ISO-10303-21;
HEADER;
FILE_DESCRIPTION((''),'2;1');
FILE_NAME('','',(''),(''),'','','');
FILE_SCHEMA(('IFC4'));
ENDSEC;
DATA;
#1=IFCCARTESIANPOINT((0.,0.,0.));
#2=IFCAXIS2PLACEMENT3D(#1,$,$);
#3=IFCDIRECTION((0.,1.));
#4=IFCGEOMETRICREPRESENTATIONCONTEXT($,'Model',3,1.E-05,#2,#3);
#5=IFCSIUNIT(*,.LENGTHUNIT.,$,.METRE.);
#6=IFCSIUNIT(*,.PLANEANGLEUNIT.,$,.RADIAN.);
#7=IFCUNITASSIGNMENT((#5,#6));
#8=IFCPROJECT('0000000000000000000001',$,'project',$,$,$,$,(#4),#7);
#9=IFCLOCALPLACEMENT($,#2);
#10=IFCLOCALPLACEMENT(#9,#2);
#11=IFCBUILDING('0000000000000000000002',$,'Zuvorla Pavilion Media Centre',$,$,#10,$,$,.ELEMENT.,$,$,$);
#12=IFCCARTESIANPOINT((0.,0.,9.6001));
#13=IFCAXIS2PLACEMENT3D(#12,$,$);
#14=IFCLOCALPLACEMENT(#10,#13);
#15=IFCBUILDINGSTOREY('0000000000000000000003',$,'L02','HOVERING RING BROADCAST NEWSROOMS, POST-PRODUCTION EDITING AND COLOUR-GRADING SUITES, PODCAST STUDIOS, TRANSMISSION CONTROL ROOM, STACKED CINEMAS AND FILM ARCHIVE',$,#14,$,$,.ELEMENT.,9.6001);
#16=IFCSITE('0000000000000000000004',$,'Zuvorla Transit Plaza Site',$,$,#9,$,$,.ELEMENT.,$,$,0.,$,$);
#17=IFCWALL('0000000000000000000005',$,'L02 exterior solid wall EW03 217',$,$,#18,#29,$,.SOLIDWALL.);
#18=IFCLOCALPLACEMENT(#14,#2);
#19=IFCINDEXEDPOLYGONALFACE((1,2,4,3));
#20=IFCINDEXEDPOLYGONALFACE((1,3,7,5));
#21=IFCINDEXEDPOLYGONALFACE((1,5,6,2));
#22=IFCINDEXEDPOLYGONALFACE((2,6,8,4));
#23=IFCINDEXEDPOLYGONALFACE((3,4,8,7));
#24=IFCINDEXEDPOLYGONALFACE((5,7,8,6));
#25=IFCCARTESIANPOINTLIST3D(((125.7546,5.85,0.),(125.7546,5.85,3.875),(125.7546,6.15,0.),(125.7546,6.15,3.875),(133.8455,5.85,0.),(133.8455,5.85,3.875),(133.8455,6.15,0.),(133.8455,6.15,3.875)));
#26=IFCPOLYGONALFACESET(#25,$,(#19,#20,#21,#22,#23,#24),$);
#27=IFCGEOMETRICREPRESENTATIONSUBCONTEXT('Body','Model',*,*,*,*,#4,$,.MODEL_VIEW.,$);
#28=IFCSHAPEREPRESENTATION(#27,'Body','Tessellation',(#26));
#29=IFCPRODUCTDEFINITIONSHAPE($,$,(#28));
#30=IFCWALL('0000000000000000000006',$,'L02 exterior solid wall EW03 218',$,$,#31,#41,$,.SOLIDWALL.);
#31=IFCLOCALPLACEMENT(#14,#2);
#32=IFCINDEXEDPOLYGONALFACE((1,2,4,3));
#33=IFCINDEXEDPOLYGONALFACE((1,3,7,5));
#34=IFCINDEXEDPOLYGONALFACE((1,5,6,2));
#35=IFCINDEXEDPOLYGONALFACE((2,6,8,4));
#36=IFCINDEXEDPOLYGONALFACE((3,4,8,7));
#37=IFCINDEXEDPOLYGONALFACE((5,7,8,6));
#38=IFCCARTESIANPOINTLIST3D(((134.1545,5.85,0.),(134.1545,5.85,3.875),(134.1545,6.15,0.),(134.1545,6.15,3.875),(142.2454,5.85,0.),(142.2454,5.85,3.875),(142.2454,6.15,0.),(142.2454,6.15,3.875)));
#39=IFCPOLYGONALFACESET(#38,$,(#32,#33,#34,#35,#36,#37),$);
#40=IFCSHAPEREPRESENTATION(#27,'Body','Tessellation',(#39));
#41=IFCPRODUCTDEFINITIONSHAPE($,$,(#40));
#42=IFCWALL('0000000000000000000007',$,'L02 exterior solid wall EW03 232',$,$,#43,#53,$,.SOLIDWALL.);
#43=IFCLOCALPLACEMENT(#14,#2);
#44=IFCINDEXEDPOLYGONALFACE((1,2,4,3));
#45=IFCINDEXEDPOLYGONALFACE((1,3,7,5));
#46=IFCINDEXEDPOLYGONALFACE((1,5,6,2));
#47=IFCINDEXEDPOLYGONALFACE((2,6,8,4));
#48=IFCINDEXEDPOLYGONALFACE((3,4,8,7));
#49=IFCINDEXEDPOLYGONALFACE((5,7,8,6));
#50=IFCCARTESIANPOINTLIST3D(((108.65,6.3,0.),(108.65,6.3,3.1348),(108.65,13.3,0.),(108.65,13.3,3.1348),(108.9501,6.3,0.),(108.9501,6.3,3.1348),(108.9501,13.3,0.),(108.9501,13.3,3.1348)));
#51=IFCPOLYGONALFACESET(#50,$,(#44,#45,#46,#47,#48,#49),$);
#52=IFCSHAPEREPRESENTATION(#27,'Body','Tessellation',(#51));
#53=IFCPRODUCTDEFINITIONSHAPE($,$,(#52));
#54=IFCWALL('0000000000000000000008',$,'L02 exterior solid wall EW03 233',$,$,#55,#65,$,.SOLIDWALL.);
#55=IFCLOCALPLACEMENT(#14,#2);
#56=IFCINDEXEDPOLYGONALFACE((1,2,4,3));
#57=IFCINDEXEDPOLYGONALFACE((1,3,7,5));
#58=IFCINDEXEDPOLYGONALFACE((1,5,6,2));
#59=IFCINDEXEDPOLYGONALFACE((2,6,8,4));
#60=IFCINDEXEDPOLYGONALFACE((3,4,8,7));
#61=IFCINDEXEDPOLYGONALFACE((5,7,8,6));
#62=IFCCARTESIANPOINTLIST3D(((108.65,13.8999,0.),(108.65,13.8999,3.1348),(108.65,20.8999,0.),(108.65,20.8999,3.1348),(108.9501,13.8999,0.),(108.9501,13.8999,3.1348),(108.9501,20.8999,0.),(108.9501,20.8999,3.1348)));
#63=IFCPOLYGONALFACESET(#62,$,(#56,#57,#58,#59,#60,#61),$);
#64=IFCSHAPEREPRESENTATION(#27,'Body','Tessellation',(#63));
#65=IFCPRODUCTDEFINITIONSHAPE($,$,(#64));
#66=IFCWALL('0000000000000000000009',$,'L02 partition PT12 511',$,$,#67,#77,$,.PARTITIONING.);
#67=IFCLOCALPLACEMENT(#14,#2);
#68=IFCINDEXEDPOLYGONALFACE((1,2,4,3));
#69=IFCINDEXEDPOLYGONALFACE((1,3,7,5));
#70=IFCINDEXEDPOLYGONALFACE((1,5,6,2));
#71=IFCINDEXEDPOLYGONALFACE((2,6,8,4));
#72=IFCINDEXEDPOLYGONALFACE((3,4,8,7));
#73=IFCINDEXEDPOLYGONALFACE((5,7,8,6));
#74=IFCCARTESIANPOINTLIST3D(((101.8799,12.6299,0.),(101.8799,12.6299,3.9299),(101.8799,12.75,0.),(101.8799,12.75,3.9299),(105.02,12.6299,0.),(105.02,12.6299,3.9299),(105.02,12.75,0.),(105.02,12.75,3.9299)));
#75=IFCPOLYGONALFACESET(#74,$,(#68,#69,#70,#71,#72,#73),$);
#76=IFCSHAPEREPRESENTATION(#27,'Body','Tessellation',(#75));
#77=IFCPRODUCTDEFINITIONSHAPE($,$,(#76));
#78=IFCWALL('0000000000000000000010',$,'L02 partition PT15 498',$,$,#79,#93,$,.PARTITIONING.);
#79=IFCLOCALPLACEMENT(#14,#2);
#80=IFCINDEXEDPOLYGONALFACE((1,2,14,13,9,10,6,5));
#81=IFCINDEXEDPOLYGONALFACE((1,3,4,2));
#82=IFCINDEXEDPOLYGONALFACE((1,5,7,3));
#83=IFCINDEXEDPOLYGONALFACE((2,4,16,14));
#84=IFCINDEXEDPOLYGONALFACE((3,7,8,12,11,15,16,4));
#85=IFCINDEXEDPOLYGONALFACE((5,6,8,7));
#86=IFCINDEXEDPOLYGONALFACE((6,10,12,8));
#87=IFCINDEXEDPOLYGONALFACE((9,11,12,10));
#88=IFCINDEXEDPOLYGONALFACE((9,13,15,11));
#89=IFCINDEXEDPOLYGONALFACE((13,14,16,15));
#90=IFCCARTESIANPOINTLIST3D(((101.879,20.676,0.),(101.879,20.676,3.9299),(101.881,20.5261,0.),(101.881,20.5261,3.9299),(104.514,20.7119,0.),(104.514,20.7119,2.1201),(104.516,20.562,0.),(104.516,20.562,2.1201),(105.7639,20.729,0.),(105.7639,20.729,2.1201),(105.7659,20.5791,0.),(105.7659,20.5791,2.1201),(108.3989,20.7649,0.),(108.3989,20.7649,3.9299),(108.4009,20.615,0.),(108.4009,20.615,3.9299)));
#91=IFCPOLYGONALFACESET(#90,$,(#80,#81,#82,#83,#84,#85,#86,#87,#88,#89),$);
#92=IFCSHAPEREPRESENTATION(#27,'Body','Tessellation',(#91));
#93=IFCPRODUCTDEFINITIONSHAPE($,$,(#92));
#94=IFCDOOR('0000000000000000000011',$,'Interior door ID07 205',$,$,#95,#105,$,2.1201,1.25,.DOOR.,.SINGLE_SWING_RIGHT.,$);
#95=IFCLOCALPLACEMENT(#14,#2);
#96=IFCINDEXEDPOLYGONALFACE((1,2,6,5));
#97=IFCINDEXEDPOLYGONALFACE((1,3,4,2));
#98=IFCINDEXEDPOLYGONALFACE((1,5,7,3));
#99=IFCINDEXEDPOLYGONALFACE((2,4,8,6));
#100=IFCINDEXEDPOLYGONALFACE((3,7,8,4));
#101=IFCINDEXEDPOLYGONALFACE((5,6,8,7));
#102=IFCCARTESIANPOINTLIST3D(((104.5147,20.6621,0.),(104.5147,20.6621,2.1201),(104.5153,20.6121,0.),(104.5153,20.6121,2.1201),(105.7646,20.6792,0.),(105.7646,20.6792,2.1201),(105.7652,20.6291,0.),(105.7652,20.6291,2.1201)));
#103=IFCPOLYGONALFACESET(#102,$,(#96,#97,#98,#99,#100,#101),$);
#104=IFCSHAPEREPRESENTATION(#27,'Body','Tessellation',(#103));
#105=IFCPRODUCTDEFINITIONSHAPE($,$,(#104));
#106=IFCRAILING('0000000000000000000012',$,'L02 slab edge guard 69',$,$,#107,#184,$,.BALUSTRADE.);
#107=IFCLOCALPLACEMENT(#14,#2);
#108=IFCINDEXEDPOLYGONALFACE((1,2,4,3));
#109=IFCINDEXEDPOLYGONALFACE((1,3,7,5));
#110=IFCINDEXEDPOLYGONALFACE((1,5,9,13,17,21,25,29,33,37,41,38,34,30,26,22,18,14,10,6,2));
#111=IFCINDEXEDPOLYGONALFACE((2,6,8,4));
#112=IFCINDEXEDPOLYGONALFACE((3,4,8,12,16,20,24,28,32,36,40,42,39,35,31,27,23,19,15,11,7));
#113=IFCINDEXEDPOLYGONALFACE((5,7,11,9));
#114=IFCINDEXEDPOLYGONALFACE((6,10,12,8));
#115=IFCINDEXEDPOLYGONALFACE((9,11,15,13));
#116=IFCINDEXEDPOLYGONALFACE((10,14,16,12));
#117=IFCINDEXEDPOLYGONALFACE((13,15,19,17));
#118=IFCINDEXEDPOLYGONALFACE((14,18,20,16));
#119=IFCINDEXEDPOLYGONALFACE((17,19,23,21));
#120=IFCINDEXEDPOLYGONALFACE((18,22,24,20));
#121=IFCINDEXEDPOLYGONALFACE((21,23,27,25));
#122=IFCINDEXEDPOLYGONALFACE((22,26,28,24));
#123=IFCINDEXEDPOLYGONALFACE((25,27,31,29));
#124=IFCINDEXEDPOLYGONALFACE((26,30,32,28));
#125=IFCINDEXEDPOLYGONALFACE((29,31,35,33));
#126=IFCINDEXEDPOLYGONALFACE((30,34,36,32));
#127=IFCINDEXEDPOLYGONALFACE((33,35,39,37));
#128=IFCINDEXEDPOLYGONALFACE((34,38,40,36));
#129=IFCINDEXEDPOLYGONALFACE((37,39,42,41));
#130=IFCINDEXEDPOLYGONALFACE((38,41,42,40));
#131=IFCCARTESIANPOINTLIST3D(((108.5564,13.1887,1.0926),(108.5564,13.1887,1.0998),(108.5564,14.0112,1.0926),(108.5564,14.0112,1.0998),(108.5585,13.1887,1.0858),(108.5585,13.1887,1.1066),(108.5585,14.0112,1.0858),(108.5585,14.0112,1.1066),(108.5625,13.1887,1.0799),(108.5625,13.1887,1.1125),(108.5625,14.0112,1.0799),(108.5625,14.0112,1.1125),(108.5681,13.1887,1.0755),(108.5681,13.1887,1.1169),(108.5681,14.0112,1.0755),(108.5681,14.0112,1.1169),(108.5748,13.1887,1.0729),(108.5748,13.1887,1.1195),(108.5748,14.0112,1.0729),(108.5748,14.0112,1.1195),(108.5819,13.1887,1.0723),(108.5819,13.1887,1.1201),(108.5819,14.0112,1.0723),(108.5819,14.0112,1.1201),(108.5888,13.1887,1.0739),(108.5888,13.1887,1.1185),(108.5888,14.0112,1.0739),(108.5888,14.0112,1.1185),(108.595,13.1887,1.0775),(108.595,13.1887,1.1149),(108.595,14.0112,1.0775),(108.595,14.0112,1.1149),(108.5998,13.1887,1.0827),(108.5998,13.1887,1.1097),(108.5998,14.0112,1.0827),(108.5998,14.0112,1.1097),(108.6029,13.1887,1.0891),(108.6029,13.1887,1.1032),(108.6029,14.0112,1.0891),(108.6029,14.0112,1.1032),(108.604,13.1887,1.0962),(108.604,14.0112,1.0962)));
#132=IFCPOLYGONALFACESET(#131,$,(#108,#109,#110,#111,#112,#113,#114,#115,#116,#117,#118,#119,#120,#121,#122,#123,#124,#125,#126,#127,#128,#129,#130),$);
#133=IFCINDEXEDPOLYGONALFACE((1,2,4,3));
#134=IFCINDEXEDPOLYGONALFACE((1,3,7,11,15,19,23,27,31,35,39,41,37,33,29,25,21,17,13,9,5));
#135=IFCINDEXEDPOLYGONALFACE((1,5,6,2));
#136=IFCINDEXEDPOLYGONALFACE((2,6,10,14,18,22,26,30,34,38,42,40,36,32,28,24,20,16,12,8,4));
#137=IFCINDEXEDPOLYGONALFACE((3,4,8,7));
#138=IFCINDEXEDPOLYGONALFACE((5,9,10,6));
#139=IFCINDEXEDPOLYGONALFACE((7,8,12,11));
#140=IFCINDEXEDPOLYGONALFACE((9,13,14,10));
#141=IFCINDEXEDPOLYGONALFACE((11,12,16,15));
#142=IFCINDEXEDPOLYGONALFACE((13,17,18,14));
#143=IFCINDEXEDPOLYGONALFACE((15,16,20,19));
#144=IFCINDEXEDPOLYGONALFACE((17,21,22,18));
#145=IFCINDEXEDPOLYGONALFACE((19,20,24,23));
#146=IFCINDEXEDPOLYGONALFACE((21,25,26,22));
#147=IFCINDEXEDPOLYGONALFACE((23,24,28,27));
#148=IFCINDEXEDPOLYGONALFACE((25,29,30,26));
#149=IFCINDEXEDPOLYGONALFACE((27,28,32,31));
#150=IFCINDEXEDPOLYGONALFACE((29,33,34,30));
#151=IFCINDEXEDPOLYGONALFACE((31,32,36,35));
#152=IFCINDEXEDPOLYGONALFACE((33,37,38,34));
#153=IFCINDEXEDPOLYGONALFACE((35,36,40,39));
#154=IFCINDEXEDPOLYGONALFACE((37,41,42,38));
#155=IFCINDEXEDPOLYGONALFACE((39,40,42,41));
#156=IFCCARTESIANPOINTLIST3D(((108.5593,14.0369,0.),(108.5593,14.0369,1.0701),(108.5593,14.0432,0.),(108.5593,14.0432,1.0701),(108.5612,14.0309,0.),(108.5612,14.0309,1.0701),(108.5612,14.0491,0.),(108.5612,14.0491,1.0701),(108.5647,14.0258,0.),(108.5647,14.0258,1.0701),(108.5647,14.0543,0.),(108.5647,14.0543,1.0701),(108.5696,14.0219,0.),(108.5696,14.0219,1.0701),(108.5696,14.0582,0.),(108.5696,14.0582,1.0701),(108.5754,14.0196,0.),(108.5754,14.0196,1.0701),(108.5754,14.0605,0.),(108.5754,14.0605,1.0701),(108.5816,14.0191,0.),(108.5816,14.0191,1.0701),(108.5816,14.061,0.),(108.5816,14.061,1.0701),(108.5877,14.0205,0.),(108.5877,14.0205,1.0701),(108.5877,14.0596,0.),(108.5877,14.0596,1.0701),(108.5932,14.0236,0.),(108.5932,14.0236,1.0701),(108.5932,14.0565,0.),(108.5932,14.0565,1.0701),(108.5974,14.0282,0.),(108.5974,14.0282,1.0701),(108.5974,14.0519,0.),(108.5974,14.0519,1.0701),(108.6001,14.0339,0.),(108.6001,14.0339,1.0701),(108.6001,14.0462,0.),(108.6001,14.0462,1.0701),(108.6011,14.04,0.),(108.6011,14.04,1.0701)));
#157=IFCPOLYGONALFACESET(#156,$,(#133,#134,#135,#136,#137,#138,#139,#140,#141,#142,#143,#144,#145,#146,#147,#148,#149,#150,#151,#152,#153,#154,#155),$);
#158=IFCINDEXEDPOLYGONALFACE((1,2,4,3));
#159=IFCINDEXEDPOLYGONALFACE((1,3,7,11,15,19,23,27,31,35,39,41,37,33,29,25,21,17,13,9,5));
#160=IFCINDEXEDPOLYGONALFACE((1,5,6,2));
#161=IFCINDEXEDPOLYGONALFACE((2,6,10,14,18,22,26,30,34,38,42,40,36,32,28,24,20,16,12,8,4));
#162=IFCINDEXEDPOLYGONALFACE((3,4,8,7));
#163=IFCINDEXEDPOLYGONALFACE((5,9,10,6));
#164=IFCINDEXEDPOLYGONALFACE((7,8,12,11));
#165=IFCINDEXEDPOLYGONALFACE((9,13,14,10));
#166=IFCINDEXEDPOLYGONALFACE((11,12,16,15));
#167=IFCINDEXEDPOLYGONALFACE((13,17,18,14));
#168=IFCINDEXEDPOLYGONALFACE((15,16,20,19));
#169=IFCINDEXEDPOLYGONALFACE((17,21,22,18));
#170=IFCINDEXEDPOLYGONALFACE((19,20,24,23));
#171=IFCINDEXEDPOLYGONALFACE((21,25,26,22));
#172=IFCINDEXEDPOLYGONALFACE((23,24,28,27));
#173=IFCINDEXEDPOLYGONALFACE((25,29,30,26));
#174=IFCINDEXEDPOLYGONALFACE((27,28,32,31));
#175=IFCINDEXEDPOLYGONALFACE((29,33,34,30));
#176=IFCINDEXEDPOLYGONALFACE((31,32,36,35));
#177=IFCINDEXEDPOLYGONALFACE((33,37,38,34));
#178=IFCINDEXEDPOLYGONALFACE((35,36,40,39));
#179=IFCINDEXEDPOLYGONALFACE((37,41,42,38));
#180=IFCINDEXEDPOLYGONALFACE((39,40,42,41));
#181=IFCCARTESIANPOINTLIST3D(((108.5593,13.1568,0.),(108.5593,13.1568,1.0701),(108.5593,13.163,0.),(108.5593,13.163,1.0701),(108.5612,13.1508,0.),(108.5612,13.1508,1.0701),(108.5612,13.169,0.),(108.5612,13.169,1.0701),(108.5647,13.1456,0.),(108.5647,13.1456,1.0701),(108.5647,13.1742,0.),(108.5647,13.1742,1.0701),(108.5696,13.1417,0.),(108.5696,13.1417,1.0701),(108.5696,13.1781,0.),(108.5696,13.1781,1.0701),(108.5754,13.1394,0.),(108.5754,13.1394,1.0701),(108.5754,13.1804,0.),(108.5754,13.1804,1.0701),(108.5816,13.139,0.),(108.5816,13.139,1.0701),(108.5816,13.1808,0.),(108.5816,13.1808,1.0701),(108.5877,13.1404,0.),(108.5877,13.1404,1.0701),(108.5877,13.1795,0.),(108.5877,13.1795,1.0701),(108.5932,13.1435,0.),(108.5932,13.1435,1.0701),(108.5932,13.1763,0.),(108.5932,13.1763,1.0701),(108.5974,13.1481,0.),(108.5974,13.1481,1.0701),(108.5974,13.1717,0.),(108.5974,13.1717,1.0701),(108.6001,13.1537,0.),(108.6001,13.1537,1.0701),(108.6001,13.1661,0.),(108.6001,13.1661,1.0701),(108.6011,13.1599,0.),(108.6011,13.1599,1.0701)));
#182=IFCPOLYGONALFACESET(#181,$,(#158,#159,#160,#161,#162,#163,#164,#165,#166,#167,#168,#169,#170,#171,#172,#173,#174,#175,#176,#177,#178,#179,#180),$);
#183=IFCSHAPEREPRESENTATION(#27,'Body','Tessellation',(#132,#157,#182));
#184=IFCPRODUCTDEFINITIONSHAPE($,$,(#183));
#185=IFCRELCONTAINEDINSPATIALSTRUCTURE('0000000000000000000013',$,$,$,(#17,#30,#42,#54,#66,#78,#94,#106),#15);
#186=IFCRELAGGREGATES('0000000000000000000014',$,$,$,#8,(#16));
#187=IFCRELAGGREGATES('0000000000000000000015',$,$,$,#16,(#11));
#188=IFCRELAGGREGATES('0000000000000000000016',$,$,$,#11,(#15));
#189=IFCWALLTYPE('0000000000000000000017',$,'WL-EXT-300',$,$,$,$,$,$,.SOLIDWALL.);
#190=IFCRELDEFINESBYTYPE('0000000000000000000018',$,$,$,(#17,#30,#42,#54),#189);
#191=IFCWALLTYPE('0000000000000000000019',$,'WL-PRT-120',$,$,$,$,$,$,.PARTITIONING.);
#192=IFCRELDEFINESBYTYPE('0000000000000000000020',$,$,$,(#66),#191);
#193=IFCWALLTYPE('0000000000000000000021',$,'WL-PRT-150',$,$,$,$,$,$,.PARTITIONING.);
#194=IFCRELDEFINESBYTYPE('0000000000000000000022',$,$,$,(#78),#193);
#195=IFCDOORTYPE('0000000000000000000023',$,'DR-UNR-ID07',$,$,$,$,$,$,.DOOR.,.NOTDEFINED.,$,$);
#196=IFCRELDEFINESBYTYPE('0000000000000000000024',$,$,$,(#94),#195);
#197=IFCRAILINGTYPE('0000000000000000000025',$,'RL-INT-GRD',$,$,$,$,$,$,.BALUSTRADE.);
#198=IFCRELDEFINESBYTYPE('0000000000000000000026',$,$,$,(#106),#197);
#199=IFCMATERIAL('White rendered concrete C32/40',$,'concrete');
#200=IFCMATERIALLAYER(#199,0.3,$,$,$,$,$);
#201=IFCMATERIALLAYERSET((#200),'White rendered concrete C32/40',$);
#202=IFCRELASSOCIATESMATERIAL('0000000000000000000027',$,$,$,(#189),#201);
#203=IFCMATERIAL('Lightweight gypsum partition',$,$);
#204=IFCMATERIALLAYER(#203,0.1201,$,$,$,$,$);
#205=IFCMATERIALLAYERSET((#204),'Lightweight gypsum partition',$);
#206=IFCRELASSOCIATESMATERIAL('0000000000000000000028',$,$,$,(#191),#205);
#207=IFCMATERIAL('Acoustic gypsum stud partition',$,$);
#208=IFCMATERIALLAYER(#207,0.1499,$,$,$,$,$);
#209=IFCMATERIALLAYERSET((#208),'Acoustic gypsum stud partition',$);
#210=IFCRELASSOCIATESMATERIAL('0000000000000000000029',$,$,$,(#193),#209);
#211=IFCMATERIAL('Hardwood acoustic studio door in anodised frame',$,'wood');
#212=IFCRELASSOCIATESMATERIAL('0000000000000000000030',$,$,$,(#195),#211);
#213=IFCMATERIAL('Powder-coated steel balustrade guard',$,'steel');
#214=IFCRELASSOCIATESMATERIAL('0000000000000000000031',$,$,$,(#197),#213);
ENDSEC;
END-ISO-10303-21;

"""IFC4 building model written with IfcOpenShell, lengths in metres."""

from ifc_helpers import new_model, si_unit, direction, frame, frame_2d, origin, origin_2d, place, context, subcontext, project, spatial, rectangle, circle, extrude, material, layer, layer_set, type_object, element, fill, save


model = new_model("IFC4")

# Units and contexts
model_context = context("Model", 3, precision=1e-05, world=origin(), true_north=direction((0.0, 1.0)))
body_context = subcontext(model_context, "Body", "Model", "MODEL_VIEW")
ifc_project = project(units=[si_unit("LENGTHUNIT", "METRE"), si_unit("PLANEANGLEUNIT", "RADIAN")], contexts=[model_context])

# Site, building, storey
site_placement = place(None, origin())
site = spatial("IfcSite", under=ifc_project, at=site_placement, Name="Zuvorla Transit Plaza Site", CompositionType="ELEMENT", RefElevation=0.0)
building_placement = place(site_placement, origin())
building = spatial("IfcBuilding", under=site, at=building_placement, Name="Zuvorla Pavilion Media Centre", CompositionType="ELEMENT")
storey_placement = place(building_placement, frame((0.0, 0.0, 9.6001)))
storey = spatial("IfcBuildingStorey", under=building, at=storey_placement, Name="L02", Description="HOVERING RING BROADCAST NEWSROOMS, POST-PRODUCTION EDITING AND COLOUR-GRADING SUITES, PODCAST STUDIOS, TRANSMISSION CONTROL ROOM, STACKED CINEMAS AND FILM ARCHIVE", CompositionType="ELEMENT", Elevation=9.6001)

# Walls
ifc_material_1 = material(Name="White rendered concrete C32/40", Category="concrete")
ifc_layer_1 = layer(ifc_material_1, 0.3)
ifc_layer_set_1 = layer_set([ifc_layer_1], Name="White rendered concrete C32/40")
wall_type_1 = type_object("IfcWallType", Name="WL-EXT-300", PredefinedType="SOLIDWALL", material=ifc_layer_set_1)
for number, where, z_axis, x_axis, name in (
    (1, (125.7546, 6.0, 0.0), (0.0, 0.0, 1.0), (1.0, 0.0, 0.0), "L02 exterior solid wall EW03 217"),
    (2, (134.1545, 6.0, 0.0), (0.0, 0.0, 1.0), (1.0, 0.0, 0.0), "L02 exterior solid wall EW03 218"),
):
    element("IfcWall", number, at=place(storey_placement, frame(where, z_axis=z_axis, x_axis=x_axis)), inside=storey, type_object=wall_type_1, Name=name, PredefinedType="SOLIDWALL", context=body_context, shape_type="SweptSolid", body=[
        extrude(rectangle(XDim=8.0908, YDim=0.3, at=frame_2d((4.0454, 0.0))), origin(), (0.0, 0.0, 1.0), 3.875),
    ])
for number, where, z_axis, x_axis, name in (
    (3, (108.8, 6.3, 0.0), (0.0, 0.0, 1.0), (0.0, 1.0, 0.0), "L02 exterior solid wall EW03 232"),
    (4, (108.8, 13.8999, 0.0), (0.0, 0.0, 1.0), (0.0, 1.0, 0.0), "L02 exterior solid wall EW03 233"),
):
    element("IfcWall", number, at=place(storey_placement, frame(where, z_axis=z_axis, x_axis=x_axis)), inside=storey, type_object=wall_type_1, Name=name, PredefinedType="SOLIDWALL", context=body_context, shape_type="SweptSolid", body=[
        extrude(rectangle(XDim=7.0, YDim=0.3, at=frame_2d((3.5, 0.0))), origin(), (0.0, 0.0, 1.0), 3.1348),
    ])
ifc_material_2 = material(Name="Lightweight gypsum partition")
ifc_layer_2 = layer(ifc_material_2, 0.1201)
ifc_layer_set_2 = layer_set([ifc_layer_2], Name="Lightweight gypsum partition")
wall_type_2 = type_object("IfcWallType", Name="WL-PRT-120", PredefinedType="PARTITIONING", material=ifc_layer_set_2)
wall_1_placement = place(storey_placement, frame((105.02, 12.6899, 0.0), z_axis=(0.0, 0.0, 1.0), x_axis=(-1.0, 0.0, 0.0)))
element("IfcWall", 5, at=wall_1_placement, inside=storey, type_object=wall_type_2, Name="L02 partition PT12 511", PredefinedType="PARTITIONING", context=body_context, shape_type="SweptSolid", body=[
    extrude(rectangle(XDim=3.1401, YDim=0.1201, at=frame_2d((1.5701, 0.0))), origin(), (0.0, 0.0, 1.0), 3.9299),
])

# Wall, opening, door
ifc_material_3 = material(Name="Acoustic gypsum stud partition")
ifc_layer_3 = layer(ifc_material_3, 0.1499)
ifc_layer_set_3 = layer_set([ifc_layer_3], Name="Acoustic gypsum stud partition")
wall_type_3 = type_object("IfcWallType", Name="WL-PRT-150", PredefinedType="PARTITIONING", material=ifc_layer_set_3)
wall_2_placement = place(storey_placement, frame((108.3999, 20.6899, 0.0), z_axis=(0.0, 0.0, 1.0), x_axis=(-0.999907, -0.013629, 0.0)))
wall_2 = element("IfcWall", 6, at=wall_2_placement, inside=storey, type_object=wall_type_3, Name="L02 partition PT15 498", PredefinedType="PARTITIONING", context=body_context, shape_type="SweptSolid", body=[
    extrude(rectangle(XDim=6.5205, YDim=0.1499, at=frame_2d((3.2603, 0.0))), origin(), (0.0, 0.0, 1.0), 3.9299),
])
opening_placement = place(wall_2_placement, frame((2.6353, 0.0, 0.0)))
opening = element("IfcOpeningElement", 7, at=opening_placement, cuts=wall_2, PredefinedType="OPENING", context=body_context, shape_type="SweptSolid", body=[
    extrude(rectangle(XDim=1.25, YDim=2.1201, at=frame_2d((0.625, 1.0601))), frame((0.0, 0.085, 0.0), z_axis=(0.0, -1.0, 0.0), x_axis=(1.0, 0.0, 0.0)), (0.0, 0.0, 1.0), 0.1699),
])
ifc_material_4 = material(Name="Hardwood acoustic studio door in anodised frame", Category="wood")
door_type = type_object("IfcDoorType", Name="DR-UNR-ID07", OperationType="NOTDEFINED", PredefinedType="DOOR", material=ifc_material_4)
door_placement = place(opening_placement, origin())
door = element("IfcDoor", 8, at=door_placement, inside=storey, type_object=door_type, Name="Interior door ID07 205", OperationType="SINGLE_SWING_RIGHT", OverallHeight=2.1201, OverallWidth=1.25, PredefinedType="DOOR", context=body_context, shape_type="SweptSolid", body=[
    extrude(rectangle(XDim=1.25, YDim=2.1201, at=frame_2d((0.625, 1.0601))), frame((0.0, 0.0249, 0.0), z_axis=(0.0, -1.0, 0.0), x_axis=(1.0, 0.0, 0.0)), (0.0, 0.0, 1.0), 0.05),
])
fill(opening, door)

# Railing
ifc_material_5 = material(Name="Powder-coated steel balustrade guard", Category="steel")
railing_type = type_object("IfcRailingType", Name="RL-INT-GRD", PredefinedType="BALUSTRADE", material=ifc_material_5)
railing_1_placement = place(storey_placement, frame((108.5801, 14.04, 0.0)))
element("IfcRailing", 9, at=railing_1_placement, inside=storey, type_object=railing_type, Name="L02 slab edge guard 69", PredefinedType="BALUSTRADE", context=body_context, shape_type="SweptSolid", body=[
    extrude(circle(Radius=0.0239, at=origin_2d()), frame((0.0, -0.0288, 1.0962), z_axis=(0.0, -1.0, 0.0), x_axis=(1.0, 0.0, 0.0)), (0.0, 0.0, 1.0), 0.8225),
    extrude(circle(Radius=0.021, at=origin_2d()), origin(), (0.0, 0.0, 1.0), 1.0701),
    extrude(circle(Radius=0.021, at=origin_2d()), frame((0.0, -0.8801, 0.0)), (0.0, 0.0, 1.0), 1.0701),
])

save(model, "model.ifc")
